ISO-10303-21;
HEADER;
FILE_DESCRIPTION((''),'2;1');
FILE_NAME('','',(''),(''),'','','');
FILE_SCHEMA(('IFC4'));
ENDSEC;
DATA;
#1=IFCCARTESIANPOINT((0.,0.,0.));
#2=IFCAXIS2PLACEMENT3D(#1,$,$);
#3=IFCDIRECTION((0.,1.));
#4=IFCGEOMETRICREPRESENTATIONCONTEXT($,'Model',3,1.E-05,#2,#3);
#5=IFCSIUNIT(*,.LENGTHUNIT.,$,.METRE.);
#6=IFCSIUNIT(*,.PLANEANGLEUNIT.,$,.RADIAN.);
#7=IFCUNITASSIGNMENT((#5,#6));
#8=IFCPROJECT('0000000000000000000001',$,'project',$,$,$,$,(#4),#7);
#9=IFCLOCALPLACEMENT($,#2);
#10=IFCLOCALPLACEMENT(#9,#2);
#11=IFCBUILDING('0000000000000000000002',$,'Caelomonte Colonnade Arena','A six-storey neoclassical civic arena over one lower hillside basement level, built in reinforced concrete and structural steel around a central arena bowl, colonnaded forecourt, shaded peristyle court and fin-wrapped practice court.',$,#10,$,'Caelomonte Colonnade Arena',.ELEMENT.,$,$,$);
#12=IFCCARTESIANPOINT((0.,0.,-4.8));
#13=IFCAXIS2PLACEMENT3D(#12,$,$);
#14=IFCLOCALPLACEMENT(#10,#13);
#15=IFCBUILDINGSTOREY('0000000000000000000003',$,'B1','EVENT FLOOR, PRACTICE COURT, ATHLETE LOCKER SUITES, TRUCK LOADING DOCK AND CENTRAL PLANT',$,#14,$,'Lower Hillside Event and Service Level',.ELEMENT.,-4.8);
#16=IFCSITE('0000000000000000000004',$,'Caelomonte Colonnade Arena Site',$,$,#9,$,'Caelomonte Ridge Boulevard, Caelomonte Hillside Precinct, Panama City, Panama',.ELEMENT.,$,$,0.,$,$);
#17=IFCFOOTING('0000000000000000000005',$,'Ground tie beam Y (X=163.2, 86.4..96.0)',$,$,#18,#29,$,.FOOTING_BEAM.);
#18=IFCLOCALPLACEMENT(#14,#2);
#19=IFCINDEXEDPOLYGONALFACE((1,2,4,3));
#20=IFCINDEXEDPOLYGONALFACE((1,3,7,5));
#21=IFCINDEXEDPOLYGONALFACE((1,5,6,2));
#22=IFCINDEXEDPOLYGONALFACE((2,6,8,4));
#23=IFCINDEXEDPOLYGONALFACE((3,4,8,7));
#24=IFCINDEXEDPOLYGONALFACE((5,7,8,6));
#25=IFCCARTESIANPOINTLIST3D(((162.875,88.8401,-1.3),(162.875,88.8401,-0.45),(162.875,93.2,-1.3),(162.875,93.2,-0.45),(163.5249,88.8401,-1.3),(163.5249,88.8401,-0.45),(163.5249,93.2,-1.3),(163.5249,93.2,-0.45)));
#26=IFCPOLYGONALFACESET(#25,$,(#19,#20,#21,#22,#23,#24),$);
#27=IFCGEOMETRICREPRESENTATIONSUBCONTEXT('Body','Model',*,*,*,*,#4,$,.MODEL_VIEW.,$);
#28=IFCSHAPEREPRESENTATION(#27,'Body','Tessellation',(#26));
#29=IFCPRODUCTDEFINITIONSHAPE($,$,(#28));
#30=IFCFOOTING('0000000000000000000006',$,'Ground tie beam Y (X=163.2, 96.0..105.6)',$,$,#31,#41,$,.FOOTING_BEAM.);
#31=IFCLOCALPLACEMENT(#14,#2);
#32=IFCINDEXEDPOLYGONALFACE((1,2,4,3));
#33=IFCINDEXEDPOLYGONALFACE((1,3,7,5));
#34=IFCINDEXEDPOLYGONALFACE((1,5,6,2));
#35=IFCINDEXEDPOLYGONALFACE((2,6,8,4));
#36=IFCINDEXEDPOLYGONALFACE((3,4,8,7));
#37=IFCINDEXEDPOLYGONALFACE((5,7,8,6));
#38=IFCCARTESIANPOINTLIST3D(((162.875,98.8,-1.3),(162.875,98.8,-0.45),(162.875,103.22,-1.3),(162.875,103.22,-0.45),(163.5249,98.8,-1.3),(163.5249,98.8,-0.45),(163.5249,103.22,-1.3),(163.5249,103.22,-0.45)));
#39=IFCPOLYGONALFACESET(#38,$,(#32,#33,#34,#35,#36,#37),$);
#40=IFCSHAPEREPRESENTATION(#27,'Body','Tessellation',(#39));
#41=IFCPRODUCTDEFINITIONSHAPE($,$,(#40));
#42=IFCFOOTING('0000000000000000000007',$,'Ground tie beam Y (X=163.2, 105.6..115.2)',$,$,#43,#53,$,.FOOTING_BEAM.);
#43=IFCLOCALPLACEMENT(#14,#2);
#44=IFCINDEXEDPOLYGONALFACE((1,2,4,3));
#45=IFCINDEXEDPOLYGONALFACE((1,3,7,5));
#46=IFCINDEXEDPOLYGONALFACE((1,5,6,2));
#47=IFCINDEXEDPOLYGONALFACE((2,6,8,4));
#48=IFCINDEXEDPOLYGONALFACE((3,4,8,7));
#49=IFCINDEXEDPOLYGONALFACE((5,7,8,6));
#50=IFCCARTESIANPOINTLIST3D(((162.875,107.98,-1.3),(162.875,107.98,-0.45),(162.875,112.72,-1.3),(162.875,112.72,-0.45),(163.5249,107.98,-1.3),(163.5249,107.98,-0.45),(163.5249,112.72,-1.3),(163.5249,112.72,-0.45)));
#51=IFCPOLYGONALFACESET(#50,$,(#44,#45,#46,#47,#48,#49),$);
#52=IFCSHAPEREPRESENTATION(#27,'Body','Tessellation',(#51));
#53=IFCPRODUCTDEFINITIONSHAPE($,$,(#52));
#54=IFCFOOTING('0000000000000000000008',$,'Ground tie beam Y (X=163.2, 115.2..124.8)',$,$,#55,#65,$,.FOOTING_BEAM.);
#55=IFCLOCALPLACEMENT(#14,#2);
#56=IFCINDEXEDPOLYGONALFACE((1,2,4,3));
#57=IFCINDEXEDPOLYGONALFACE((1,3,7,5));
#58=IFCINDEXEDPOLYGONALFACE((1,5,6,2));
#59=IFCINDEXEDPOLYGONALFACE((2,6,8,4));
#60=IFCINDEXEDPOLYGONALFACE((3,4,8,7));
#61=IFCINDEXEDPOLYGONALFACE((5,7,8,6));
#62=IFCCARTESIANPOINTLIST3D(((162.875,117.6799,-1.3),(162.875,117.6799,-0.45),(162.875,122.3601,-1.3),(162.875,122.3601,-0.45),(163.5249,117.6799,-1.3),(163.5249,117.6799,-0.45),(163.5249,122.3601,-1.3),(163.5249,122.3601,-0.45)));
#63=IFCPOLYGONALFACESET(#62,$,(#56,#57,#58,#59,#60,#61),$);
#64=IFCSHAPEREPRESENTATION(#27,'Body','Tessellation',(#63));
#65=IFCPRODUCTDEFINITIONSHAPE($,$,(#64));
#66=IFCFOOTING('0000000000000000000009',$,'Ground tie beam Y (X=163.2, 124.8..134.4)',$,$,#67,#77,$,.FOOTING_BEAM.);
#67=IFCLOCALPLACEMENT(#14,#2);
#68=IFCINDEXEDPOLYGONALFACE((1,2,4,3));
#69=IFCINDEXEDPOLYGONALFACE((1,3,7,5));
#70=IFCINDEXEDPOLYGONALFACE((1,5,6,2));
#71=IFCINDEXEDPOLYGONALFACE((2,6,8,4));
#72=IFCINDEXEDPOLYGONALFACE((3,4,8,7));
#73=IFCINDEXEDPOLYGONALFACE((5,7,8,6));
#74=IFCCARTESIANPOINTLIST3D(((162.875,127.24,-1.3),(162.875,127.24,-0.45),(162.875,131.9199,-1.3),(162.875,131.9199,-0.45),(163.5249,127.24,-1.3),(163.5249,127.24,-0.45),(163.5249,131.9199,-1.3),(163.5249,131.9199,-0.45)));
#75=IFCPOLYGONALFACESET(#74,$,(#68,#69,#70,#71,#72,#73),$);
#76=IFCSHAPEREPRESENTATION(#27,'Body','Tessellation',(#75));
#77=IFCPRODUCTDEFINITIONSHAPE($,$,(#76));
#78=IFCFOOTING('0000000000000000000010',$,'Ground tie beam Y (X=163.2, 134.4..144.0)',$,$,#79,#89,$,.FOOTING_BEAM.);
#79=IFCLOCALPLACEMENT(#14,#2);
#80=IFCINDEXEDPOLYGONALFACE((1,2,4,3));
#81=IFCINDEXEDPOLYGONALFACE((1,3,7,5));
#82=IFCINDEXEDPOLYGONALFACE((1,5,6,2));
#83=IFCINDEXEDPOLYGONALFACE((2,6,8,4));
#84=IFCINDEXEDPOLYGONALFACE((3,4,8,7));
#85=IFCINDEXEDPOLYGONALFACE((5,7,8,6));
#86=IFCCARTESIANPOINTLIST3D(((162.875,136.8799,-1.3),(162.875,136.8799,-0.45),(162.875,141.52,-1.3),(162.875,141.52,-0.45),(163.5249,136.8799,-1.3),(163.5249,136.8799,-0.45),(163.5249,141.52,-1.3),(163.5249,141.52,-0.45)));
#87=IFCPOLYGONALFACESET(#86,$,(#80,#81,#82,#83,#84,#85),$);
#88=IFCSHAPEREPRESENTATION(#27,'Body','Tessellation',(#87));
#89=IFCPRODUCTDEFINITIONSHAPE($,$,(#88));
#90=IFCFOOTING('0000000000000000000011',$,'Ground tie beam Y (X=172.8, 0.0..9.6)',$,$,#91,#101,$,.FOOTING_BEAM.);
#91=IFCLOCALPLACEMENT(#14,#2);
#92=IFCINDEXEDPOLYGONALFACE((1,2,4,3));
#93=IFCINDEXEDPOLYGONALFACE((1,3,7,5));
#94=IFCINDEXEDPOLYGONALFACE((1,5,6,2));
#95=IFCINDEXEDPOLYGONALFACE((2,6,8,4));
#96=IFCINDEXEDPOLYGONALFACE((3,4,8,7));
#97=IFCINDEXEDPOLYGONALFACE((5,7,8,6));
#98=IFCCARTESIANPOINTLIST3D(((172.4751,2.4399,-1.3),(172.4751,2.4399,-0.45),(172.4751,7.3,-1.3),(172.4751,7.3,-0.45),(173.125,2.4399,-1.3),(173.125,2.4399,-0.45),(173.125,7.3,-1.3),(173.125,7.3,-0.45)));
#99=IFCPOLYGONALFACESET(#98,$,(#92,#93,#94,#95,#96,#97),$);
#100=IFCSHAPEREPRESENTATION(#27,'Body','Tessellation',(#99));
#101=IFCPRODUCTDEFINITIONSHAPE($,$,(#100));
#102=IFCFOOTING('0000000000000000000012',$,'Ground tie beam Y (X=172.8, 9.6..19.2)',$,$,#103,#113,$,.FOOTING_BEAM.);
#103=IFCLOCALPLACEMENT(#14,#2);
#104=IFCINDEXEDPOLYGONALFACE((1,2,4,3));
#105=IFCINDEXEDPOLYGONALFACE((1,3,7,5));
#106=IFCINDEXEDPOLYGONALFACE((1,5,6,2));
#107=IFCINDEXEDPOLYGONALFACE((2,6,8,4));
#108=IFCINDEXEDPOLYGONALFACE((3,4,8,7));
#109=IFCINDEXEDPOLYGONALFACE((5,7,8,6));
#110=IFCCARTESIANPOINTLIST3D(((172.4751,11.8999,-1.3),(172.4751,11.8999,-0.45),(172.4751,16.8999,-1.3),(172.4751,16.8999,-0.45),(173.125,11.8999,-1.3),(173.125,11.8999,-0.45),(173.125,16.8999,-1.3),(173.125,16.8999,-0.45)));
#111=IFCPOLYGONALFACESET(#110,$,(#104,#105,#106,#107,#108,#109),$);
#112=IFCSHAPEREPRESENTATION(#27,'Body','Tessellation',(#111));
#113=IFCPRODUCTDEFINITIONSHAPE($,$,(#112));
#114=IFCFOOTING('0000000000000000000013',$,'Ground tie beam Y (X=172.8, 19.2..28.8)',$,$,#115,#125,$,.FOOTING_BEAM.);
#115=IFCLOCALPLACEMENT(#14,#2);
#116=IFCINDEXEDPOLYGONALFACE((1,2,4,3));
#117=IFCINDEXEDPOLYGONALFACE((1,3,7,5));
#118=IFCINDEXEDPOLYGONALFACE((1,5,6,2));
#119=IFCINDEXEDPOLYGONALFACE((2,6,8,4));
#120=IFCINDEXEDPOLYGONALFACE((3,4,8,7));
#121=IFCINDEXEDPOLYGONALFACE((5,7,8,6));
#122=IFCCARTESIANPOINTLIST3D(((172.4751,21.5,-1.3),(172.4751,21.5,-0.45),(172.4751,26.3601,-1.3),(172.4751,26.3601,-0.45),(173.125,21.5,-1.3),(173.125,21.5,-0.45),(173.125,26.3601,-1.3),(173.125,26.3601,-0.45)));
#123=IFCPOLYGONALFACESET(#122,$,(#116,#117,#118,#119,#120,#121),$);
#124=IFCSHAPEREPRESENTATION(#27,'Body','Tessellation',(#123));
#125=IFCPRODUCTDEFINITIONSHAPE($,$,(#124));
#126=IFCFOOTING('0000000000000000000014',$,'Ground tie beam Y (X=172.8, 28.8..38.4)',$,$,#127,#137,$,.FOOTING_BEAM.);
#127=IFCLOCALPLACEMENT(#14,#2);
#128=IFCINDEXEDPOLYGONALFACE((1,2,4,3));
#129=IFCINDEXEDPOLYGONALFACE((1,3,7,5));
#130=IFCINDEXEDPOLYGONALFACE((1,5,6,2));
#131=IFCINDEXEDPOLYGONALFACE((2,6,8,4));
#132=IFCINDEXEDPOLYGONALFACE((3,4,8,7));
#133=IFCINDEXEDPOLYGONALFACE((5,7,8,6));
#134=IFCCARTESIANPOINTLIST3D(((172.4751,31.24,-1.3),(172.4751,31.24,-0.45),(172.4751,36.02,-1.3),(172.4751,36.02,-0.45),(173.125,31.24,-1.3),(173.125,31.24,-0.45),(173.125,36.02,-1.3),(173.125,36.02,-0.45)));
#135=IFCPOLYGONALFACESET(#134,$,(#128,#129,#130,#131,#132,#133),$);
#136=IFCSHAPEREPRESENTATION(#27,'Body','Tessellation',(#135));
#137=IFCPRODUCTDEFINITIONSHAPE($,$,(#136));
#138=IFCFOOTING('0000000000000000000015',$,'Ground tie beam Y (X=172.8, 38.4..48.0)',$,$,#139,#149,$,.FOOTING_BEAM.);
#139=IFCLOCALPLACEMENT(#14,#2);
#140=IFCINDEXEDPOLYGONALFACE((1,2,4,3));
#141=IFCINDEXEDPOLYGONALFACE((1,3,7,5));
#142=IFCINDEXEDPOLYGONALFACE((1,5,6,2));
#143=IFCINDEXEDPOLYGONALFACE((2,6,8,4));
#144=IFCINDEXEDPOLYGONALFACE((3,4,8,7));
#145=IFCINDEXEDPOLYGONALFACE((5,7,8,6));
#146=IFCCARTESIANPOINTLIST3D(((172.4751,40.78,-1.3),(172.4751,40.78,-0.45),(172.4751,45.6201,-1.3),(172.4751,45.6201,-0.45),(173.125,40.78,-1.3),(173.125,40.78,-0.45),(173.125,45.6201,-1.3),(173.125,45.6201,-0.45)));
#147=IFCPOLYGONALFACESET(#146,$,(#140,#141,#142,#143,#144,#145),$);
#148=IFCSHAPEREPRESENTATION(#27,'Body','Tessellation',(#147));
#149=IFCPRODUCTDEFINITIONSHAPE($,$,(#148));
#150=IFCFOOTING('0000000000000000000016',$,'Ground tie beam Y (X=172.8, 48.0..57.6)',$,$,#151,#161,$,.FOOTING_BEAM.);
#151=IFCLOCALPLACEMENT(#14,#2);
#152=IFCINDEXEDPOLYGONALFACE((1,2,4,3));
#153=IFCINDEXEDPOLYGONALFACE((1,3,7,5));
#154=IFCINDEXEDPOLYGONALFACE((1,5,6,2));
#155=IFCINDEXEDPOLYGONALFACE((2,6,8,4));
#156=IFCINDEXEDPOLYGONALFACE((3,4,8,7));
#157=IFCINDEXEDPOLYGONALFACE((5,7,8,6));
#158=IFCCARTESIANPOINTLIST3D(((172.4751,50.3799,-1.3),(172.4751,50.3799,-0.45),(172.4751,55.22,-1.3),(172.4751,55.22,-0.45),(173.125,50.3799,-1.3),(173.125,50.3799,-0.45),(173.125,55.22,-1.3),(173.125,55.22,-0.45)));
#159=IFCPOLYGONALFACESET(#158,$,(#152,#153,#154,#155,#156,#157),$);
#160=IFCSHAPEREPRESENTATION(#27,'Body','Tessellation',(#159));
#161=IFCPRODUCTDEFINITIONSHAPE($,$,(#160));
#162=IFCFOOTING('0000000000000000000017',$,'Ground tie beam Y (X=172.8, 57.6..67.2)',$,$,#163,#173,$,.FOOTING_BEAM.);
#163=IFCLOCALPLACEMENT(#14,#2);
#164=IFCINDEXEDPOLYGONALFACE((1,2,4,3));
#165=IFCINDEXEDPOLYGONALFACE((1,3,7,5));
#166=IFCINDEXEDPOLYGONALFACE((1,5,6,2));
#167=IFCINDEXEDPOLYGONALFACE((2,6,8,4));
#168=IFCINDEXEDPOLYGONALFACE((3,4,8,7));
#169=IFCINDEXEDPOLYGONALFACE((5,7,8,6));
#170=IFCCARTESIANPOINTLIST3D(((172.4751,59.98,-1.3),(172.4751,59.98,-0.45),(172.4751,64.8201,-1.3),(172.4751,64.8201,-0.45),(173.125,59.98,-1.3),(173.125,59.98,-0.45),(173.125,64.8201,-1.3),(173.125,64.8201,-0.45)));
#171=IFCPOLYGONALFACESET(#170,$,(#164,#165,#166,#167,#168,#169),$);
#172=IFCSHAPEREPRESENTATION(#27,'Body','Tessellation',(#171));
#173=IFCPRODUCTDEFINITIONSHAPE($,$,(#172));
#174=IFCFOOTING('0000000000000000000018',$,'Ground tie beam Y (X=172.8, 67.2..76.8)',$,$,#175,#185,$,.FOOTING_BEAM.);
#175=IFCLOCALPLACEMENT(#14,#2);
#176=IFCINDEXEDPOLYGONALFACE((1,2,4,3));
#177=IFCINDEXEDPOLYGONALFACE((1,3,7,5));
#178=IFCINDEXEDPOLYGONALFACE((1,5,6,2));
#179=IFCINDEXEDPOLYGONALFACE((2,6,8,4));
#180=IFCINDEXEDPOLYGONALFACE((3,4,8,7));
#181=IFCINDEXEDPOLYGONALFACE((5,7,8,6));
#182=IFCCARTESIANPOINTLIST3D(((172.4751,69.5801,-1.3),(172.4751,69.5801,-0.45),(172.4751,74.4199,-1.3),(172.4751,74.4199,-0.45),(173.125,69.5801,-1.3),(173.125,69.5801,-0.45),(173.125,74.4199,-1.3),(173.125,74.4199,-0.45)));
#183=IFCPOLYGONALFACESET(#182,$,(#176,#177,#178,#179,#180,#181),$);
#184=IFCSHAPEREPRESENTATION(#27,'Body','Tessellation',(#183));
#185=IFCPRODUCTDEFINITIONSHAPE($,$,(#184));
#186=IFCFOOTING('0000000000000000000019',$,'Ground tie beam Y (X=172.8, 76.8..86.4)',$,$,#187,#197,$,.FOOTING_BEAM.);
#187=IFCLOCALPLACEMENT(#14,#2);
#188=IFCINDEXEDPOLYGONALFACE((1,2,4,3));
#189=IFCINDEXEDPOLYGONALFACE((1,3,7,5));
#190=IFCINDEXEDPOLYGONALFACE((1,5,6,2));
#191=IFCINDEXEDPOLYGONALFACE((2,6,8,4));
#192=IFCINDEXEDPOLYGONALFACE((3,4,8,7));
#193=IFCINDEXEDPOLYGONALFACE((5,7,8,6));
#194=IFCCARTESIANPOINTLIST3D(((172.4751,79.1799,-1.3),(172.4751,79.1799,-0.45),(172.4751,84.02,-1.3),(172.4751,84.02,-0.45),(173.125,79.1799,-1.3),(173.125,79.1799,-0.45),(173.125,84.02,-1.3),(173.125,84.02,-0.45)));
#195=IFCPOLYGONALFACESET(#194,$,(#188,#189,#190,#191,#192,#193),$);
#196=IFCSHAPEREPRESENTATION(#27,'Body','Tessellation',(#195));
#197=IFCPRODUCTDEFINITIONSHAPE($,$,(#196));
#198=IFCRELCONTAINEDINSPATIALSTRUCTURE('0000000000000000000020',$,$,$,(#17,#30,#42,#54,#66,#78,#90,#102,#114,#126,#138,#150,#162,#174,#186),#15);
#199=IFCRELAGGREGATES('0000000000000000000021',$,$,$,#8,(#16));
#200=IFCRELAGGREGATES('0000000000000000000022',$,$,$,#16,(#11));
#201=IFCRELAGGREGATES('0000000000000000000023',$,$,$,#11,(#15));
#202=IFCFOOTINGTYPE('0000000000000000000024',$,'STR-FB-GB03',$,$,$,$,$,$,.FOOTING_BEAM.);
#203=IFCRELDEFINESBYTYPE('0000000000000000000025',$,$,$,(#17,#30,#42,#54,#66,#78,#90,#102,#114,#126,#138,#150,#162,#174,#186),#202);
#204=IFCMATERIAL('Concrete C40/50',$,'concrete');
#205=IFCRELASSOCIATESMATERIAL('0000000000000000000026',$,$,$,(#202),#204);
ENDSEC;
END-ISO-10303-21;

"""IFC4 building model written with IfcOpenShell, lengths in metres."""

from ifc_helpers import new_model, si_unit, direction, frame, origin, place, context, subcontext, project, spatial, polyline, outline, extrude, material, type_object, element, save


model = new_model("IFC4")

# Units and contexts
model_context = context("Model", 3, precision=1e-05, world=origin(), true_north=direction((0.0, 1.0)))
body_context = subcontext(model_context, "Body", "Model", "MODEL_VIEW")
ifc_project = project(units=[si_unit("LENGTHUNIT", "METRE"), si_unit("PLANEANGLEUNIT", "RADIAN")], contexts=[model_context])

# Site, building, storey
site_placement = place(None, origin())
site = spatial("IfcSite", under=ifc_project, at=site_placement, Name="Caelomonte Colonnade Arena Site", LongName="Caelomonte Ridge Boulevard, Caelomonte Hillside Precinct, Panama City, Panama", CompositionType="ELEMENT", RefElevation=0.0)
building_placement = place(site_placement, origin())
building = spatial("IfcBuilding", under=site, at=building_placement, Name="Caelomonte Colonnade Arena", Description="A six-storey neoclassical civic arena over one lower hillside basement level, built in reinforced concrete and structural steel around a central arena bowl, colonnaded forecourt, shaded peristyle court and fin-wrapped practice court.", LongName="Caelomonte Colonnade Arena", CompositionType="ELEMENT")
storey_placement = place(building_placement, frame((0.0, 0.0, -4.8)))
storey = spatial("IfcBuildingStorey", under=building, at=storey_placement, Name="B1", Description="EVENT FLOOR, PRACTICE COURT, ATHLETE LOCKER SUITES, TRUCK LOADING DOCK AND CENTRAL PLANT", LongName="Lower Hillside Event and Service Level", CompositionType="ELEMENT", Elevation=-4.8)

# Footings
ifc_material = material(Name="Concrete C40/50", Category="concrete")
footing_type = type_object("IfcFootingType", Name="STR-FB-GB03", PredefinedType="FOOTING_BEAM", material=ifc_material)
footing_1_placement = place(storey_placement, frame((0.0, 0.0, -1.3)))
element("IfcFooting", 1, at=footing_1_placement, inside=storey, type_object=footing_type, Name="Ground tie beam Y (X=163.2, 86.4..96.0)", PredefinedType="FOOTING_BEAM", context=body_context, shape_type="SweptSolid", body=[
    extrude(outline(polyline([(162.875, 88.8401), (163.5249, 88.8401), (163.5249, 93.2), (162.875, 93.2), (162.875, 88.8401)])), origin(), (0.0, 0.0, 1.0), 0.8501),
])
footing_2_placement = place(storey_placement, frame((0.0, 0.0, -1.3)))
element("IfcFooting", 2, at=footing_2_placement, inside=storey, type_object=footing_type, Name="Ground tie beam Y (X=163.2, 96.0..105.6)", PredefinedType="FOOTING_BEAM", context=body_context, shape_type="SweptSolid", body=[
    extrude(outline(polyline([(162.875, 98.8), (163.5249, 98.8), (163.5249, 103.22), (162.875, 103.22), (162.875, 98.8)])), origin(), (0.0, 0.0, 1.0), 0.8501),
])
footing_3_placement = place(storey_placement, frame((0.0, 0.0, -1.3)))
element("IfcFooting", 3, at=footing_3_placement, inside=storey, type_object=footing_type, Name="Ground tie beam Y (X=163.2, 105.6..115.2)", PredefinedType="FOOTING_BEAM", context=body_context, shape_type="SweptSolid", body=[
    extrude(outline(polyline([(162.875, 107.98), (163.5249, 107.98), (163.5249, 112.72), (162.875, 112.72), (162.875, 107.98)])), origin(), (0.0, 0.0, 1.0), 0.8501),
])
footing_4_placement = place(storey_placement, frame((0.0, 0.0, -1.3)))
element("IfcFooting", 4, at=footing_4_placement, inside=storey, type_object=footing_type, Name="Ground tie beam Y (X=163.2, 115.2..124.8)", PredefinedType="FOOTING_BEAM", context=body_context, shape_type="SweptSolid", body=[
    extrude(outline(polyline([(162.875, 117.6799), (163.5249, 117.6799), (163.5249, 122.3601), (162.875, 122.3601), (162.875, 117.6799)])), origin(), (0.0, 0.0, 1.0), 0.8501),
])
footing_5_placement = place(storey_placement, frame((0.0, 0.0, -1.3)))
element("IfcFooting", 5, at=footing_5_placement, inside=storey, type_object=footing_type, Name="Ground tie beam Y (X=163.2, 124.8..134.4)", PredefinedType="FOOTING_BEAM", context=body_context, shape_type="SweptSolid", body=[
    extrude(outline(polyline([(162.875, 127.24), (163.5249, 127.24), (163.5249, 131.9199), (162.875, 131.9199), (162.875, 127.24)])), origin(), (0.0, 0.0, 1.0), 0.8501),
])
footing_6_placement = place(storey_placement, frame((0.0, 0.0, -1.3)))
element("IfcFooting", 6, at=footing_6_placement, inside=storey, type_object=footing_type, Name="Ground tie beam Y (X=163.2, 134.4..144.0)", PredefinedType="FOOTING_BEAM", context=body_context, shape_type="SweptSolid", body=[
    extrude(outline(polyline([(162.875, 136.8799), (163.5249, 136.8799), (163.5249, 141.52), (162.875, 141.52), (162.875, 136.8799)])), origin(), (0.0, 0.0, 1.0), 0.8501),
])
footing_7_placement = place(storey_placement, frame((0.0, 0.0, -1.3)))
element("IfcFooting", 7, at=footing_7_placement, inside=storey, type_object=footing_type, Name="Ground tie beam Y (X=172.8, 0.0..9.6)", PredefinedType="FOOTING_BEAM", context=body_context, shape_type="SweptSolid", body=[
    extrude(outline(polyline([(172.4751, 2.4399), (173.125, 2.4399), (173.125, 7.3), (172.4751, 7.3), (172.4751, 2.4399)])), origin(), (0.0, 0.0, 1.0), 0.8501),
])
footing_8_placement = place(storey_placement, frame((0.0, 0.0, -1.3)))
element("IfcFooting", 8, at=footing_8_placement, inside=storey, type_object=footing_type, Name="Ground tie beam Y (X=172.8, 9.6..19.2)", PredefinedType="FOOTING_BEAM", context=body_context, shape_type="SweptSolid", body=[
    extrude(outline(polyline([(172.4751, 11.8999), (173.125, 11.8999), (173.125, 16.8999), (172.4751, 16.8999), (172.4751, 11.8999)])), origin(), (0.0, 0.0, 1.0), 0.8501),
])
footing_9_placement = place(storey_placement, frame((0.0, 0.0, -1.3)))
element("IfcFooting", 9, at=footing_9_placement, inside=storey, type_object=footing_type, Name="Ground tie beam Y (X=172.8, 19.2..28.8)", PredefinedType="FOOTING_BEAM", context=body_context, shape_type="SweptSolid", body=[
    extrude(outline(polyline([(172.4751, 21.5), (173.125, 21.5), (173.125, 26.3601), (172.4751, 26.3601), (172.4751, 21.5)])), origin(), (0.0, 0.0, 1.0), 0.8501),
])
footing_10_placement = place(storey_placement, frame((0.0, 0.0, -1.3)))
element("IfcFooting", 10, at=footing_10_placement, inside=storey, type_object=footing_type, Name="Ground tie beam Y (X=172.8, 28.8..38.4)", PredefinedType="FOOTING_BEAM", context=body_context, shape_type="SweptSolid", body=[
    extrude(outline(polyline([(172.4751, 31.24), (173.125, 31.24), (173.125, 36.02), (172.4751, 36.02), (172.4751, 31.24)])), origin(), (0.0, 0.0, 1.0), 0.8501),
])
footing_11_placement = place(storey_placement, frame((0.0, 0.0, -1.3)))
element("IfcFooting", 11, at=footing_11_placement, inside=storey, type_object=footing_type, Name="Ground tie beam Y (X=172.8, 38.4..48.0)", PredefinedType="FOOTING_BEAM", context=body_context, shape_type="SweptSolid", body=[
    extrude(outline(polyline([(172.4751, 40.78), (173.125, 40.78), (173.125, 45.6201), (172.4751, 45.6201), (172.4751, 40.78)])), origin(), (0.0, 0.0, 1.0), 0.8501),
])
footing_12_placement = place(storey_placement, frame((0.0, 0.0, -1.3)))
element("IfcFooting", 12, at=footing_12_placement, inside=storey, type_object=footing_type, Name="Ground tie beam Y (X=172.8, 48.0..57.6)", PredefinedType="FOOTING_BEAM", context=body_context, shape_type="SweptSolid", body=[
    extrude(outline(polyline([(172.4751, 50.3799), (173.125, 50.3799), (173.125, 55.22), (172.4751, 55.22), (172.4751, 50.3799)])), origin(), (0.0, 0.0, 1.0), 0.8501),
])
footing_13_placement = place(storey_placement, frame((0.0, 0.0, -1.3)))
element("IfcFooting", 13, at=footing_13_placement, inside=storey, type_object=footing_type, Name="Ground tie beam Y (X=172.8, 57.6..67.2)", PredefinedType="FOOTING_BEAM", context=body_context, shape_type="SweptSolid", body=[
    extrude(outline(polyline([(172.4751, 59.98), (173.125, 59.98), (173.125, 64.8201), (172.4751, 64.8201), (172.4751, 59.98)])), origin(), (0.0, 0.0, 1.0), 0.8501),
])
footing_14_placement = place(storey_placement, frame((0.0, 0.0, -1.3)))
element("IfcFooting", 14, at=footing_14_placement, inside=storey, type_object=footing_type, Name="Ground tie beam Y (X=172.8, 67.2..76.8)", PredefinedType="FOOTING_BEAM", context=body_context, shape_type="SweptSolid", body=[
    extrude(outline(polyline([(172.4751, 69.5801), (173.125, 69.5801), (173.125, 74.4199), (172.4751, 74.4199), (172.4751, 69.5801)])), origin(), (0.0, 0.0, 1.0), 0.8501),
])
footing_15_placement = place(storey_placement, frame((0.0, 0.0, -1.3)))
element("IfcFooting", 15, at=footing_15_placement, inside=storey, type_object=footing_type, Name="Ground tie beam Y (X=172.8, 76.8..86.4)", PredefinedType="FOOTING_BEAM", context=body_context, shape_type="SweptSolid", body=[
    extrude(outline(polyline([(172.4751, 79.1799), (173.125, 79.1799), (173.125, 84.02), (172.4751, 84.02), (172.4751, 79.1799)])), origin(), (0.0, 0.0, 1.0), 0.8501),
])

save(model, "model.ifc")
